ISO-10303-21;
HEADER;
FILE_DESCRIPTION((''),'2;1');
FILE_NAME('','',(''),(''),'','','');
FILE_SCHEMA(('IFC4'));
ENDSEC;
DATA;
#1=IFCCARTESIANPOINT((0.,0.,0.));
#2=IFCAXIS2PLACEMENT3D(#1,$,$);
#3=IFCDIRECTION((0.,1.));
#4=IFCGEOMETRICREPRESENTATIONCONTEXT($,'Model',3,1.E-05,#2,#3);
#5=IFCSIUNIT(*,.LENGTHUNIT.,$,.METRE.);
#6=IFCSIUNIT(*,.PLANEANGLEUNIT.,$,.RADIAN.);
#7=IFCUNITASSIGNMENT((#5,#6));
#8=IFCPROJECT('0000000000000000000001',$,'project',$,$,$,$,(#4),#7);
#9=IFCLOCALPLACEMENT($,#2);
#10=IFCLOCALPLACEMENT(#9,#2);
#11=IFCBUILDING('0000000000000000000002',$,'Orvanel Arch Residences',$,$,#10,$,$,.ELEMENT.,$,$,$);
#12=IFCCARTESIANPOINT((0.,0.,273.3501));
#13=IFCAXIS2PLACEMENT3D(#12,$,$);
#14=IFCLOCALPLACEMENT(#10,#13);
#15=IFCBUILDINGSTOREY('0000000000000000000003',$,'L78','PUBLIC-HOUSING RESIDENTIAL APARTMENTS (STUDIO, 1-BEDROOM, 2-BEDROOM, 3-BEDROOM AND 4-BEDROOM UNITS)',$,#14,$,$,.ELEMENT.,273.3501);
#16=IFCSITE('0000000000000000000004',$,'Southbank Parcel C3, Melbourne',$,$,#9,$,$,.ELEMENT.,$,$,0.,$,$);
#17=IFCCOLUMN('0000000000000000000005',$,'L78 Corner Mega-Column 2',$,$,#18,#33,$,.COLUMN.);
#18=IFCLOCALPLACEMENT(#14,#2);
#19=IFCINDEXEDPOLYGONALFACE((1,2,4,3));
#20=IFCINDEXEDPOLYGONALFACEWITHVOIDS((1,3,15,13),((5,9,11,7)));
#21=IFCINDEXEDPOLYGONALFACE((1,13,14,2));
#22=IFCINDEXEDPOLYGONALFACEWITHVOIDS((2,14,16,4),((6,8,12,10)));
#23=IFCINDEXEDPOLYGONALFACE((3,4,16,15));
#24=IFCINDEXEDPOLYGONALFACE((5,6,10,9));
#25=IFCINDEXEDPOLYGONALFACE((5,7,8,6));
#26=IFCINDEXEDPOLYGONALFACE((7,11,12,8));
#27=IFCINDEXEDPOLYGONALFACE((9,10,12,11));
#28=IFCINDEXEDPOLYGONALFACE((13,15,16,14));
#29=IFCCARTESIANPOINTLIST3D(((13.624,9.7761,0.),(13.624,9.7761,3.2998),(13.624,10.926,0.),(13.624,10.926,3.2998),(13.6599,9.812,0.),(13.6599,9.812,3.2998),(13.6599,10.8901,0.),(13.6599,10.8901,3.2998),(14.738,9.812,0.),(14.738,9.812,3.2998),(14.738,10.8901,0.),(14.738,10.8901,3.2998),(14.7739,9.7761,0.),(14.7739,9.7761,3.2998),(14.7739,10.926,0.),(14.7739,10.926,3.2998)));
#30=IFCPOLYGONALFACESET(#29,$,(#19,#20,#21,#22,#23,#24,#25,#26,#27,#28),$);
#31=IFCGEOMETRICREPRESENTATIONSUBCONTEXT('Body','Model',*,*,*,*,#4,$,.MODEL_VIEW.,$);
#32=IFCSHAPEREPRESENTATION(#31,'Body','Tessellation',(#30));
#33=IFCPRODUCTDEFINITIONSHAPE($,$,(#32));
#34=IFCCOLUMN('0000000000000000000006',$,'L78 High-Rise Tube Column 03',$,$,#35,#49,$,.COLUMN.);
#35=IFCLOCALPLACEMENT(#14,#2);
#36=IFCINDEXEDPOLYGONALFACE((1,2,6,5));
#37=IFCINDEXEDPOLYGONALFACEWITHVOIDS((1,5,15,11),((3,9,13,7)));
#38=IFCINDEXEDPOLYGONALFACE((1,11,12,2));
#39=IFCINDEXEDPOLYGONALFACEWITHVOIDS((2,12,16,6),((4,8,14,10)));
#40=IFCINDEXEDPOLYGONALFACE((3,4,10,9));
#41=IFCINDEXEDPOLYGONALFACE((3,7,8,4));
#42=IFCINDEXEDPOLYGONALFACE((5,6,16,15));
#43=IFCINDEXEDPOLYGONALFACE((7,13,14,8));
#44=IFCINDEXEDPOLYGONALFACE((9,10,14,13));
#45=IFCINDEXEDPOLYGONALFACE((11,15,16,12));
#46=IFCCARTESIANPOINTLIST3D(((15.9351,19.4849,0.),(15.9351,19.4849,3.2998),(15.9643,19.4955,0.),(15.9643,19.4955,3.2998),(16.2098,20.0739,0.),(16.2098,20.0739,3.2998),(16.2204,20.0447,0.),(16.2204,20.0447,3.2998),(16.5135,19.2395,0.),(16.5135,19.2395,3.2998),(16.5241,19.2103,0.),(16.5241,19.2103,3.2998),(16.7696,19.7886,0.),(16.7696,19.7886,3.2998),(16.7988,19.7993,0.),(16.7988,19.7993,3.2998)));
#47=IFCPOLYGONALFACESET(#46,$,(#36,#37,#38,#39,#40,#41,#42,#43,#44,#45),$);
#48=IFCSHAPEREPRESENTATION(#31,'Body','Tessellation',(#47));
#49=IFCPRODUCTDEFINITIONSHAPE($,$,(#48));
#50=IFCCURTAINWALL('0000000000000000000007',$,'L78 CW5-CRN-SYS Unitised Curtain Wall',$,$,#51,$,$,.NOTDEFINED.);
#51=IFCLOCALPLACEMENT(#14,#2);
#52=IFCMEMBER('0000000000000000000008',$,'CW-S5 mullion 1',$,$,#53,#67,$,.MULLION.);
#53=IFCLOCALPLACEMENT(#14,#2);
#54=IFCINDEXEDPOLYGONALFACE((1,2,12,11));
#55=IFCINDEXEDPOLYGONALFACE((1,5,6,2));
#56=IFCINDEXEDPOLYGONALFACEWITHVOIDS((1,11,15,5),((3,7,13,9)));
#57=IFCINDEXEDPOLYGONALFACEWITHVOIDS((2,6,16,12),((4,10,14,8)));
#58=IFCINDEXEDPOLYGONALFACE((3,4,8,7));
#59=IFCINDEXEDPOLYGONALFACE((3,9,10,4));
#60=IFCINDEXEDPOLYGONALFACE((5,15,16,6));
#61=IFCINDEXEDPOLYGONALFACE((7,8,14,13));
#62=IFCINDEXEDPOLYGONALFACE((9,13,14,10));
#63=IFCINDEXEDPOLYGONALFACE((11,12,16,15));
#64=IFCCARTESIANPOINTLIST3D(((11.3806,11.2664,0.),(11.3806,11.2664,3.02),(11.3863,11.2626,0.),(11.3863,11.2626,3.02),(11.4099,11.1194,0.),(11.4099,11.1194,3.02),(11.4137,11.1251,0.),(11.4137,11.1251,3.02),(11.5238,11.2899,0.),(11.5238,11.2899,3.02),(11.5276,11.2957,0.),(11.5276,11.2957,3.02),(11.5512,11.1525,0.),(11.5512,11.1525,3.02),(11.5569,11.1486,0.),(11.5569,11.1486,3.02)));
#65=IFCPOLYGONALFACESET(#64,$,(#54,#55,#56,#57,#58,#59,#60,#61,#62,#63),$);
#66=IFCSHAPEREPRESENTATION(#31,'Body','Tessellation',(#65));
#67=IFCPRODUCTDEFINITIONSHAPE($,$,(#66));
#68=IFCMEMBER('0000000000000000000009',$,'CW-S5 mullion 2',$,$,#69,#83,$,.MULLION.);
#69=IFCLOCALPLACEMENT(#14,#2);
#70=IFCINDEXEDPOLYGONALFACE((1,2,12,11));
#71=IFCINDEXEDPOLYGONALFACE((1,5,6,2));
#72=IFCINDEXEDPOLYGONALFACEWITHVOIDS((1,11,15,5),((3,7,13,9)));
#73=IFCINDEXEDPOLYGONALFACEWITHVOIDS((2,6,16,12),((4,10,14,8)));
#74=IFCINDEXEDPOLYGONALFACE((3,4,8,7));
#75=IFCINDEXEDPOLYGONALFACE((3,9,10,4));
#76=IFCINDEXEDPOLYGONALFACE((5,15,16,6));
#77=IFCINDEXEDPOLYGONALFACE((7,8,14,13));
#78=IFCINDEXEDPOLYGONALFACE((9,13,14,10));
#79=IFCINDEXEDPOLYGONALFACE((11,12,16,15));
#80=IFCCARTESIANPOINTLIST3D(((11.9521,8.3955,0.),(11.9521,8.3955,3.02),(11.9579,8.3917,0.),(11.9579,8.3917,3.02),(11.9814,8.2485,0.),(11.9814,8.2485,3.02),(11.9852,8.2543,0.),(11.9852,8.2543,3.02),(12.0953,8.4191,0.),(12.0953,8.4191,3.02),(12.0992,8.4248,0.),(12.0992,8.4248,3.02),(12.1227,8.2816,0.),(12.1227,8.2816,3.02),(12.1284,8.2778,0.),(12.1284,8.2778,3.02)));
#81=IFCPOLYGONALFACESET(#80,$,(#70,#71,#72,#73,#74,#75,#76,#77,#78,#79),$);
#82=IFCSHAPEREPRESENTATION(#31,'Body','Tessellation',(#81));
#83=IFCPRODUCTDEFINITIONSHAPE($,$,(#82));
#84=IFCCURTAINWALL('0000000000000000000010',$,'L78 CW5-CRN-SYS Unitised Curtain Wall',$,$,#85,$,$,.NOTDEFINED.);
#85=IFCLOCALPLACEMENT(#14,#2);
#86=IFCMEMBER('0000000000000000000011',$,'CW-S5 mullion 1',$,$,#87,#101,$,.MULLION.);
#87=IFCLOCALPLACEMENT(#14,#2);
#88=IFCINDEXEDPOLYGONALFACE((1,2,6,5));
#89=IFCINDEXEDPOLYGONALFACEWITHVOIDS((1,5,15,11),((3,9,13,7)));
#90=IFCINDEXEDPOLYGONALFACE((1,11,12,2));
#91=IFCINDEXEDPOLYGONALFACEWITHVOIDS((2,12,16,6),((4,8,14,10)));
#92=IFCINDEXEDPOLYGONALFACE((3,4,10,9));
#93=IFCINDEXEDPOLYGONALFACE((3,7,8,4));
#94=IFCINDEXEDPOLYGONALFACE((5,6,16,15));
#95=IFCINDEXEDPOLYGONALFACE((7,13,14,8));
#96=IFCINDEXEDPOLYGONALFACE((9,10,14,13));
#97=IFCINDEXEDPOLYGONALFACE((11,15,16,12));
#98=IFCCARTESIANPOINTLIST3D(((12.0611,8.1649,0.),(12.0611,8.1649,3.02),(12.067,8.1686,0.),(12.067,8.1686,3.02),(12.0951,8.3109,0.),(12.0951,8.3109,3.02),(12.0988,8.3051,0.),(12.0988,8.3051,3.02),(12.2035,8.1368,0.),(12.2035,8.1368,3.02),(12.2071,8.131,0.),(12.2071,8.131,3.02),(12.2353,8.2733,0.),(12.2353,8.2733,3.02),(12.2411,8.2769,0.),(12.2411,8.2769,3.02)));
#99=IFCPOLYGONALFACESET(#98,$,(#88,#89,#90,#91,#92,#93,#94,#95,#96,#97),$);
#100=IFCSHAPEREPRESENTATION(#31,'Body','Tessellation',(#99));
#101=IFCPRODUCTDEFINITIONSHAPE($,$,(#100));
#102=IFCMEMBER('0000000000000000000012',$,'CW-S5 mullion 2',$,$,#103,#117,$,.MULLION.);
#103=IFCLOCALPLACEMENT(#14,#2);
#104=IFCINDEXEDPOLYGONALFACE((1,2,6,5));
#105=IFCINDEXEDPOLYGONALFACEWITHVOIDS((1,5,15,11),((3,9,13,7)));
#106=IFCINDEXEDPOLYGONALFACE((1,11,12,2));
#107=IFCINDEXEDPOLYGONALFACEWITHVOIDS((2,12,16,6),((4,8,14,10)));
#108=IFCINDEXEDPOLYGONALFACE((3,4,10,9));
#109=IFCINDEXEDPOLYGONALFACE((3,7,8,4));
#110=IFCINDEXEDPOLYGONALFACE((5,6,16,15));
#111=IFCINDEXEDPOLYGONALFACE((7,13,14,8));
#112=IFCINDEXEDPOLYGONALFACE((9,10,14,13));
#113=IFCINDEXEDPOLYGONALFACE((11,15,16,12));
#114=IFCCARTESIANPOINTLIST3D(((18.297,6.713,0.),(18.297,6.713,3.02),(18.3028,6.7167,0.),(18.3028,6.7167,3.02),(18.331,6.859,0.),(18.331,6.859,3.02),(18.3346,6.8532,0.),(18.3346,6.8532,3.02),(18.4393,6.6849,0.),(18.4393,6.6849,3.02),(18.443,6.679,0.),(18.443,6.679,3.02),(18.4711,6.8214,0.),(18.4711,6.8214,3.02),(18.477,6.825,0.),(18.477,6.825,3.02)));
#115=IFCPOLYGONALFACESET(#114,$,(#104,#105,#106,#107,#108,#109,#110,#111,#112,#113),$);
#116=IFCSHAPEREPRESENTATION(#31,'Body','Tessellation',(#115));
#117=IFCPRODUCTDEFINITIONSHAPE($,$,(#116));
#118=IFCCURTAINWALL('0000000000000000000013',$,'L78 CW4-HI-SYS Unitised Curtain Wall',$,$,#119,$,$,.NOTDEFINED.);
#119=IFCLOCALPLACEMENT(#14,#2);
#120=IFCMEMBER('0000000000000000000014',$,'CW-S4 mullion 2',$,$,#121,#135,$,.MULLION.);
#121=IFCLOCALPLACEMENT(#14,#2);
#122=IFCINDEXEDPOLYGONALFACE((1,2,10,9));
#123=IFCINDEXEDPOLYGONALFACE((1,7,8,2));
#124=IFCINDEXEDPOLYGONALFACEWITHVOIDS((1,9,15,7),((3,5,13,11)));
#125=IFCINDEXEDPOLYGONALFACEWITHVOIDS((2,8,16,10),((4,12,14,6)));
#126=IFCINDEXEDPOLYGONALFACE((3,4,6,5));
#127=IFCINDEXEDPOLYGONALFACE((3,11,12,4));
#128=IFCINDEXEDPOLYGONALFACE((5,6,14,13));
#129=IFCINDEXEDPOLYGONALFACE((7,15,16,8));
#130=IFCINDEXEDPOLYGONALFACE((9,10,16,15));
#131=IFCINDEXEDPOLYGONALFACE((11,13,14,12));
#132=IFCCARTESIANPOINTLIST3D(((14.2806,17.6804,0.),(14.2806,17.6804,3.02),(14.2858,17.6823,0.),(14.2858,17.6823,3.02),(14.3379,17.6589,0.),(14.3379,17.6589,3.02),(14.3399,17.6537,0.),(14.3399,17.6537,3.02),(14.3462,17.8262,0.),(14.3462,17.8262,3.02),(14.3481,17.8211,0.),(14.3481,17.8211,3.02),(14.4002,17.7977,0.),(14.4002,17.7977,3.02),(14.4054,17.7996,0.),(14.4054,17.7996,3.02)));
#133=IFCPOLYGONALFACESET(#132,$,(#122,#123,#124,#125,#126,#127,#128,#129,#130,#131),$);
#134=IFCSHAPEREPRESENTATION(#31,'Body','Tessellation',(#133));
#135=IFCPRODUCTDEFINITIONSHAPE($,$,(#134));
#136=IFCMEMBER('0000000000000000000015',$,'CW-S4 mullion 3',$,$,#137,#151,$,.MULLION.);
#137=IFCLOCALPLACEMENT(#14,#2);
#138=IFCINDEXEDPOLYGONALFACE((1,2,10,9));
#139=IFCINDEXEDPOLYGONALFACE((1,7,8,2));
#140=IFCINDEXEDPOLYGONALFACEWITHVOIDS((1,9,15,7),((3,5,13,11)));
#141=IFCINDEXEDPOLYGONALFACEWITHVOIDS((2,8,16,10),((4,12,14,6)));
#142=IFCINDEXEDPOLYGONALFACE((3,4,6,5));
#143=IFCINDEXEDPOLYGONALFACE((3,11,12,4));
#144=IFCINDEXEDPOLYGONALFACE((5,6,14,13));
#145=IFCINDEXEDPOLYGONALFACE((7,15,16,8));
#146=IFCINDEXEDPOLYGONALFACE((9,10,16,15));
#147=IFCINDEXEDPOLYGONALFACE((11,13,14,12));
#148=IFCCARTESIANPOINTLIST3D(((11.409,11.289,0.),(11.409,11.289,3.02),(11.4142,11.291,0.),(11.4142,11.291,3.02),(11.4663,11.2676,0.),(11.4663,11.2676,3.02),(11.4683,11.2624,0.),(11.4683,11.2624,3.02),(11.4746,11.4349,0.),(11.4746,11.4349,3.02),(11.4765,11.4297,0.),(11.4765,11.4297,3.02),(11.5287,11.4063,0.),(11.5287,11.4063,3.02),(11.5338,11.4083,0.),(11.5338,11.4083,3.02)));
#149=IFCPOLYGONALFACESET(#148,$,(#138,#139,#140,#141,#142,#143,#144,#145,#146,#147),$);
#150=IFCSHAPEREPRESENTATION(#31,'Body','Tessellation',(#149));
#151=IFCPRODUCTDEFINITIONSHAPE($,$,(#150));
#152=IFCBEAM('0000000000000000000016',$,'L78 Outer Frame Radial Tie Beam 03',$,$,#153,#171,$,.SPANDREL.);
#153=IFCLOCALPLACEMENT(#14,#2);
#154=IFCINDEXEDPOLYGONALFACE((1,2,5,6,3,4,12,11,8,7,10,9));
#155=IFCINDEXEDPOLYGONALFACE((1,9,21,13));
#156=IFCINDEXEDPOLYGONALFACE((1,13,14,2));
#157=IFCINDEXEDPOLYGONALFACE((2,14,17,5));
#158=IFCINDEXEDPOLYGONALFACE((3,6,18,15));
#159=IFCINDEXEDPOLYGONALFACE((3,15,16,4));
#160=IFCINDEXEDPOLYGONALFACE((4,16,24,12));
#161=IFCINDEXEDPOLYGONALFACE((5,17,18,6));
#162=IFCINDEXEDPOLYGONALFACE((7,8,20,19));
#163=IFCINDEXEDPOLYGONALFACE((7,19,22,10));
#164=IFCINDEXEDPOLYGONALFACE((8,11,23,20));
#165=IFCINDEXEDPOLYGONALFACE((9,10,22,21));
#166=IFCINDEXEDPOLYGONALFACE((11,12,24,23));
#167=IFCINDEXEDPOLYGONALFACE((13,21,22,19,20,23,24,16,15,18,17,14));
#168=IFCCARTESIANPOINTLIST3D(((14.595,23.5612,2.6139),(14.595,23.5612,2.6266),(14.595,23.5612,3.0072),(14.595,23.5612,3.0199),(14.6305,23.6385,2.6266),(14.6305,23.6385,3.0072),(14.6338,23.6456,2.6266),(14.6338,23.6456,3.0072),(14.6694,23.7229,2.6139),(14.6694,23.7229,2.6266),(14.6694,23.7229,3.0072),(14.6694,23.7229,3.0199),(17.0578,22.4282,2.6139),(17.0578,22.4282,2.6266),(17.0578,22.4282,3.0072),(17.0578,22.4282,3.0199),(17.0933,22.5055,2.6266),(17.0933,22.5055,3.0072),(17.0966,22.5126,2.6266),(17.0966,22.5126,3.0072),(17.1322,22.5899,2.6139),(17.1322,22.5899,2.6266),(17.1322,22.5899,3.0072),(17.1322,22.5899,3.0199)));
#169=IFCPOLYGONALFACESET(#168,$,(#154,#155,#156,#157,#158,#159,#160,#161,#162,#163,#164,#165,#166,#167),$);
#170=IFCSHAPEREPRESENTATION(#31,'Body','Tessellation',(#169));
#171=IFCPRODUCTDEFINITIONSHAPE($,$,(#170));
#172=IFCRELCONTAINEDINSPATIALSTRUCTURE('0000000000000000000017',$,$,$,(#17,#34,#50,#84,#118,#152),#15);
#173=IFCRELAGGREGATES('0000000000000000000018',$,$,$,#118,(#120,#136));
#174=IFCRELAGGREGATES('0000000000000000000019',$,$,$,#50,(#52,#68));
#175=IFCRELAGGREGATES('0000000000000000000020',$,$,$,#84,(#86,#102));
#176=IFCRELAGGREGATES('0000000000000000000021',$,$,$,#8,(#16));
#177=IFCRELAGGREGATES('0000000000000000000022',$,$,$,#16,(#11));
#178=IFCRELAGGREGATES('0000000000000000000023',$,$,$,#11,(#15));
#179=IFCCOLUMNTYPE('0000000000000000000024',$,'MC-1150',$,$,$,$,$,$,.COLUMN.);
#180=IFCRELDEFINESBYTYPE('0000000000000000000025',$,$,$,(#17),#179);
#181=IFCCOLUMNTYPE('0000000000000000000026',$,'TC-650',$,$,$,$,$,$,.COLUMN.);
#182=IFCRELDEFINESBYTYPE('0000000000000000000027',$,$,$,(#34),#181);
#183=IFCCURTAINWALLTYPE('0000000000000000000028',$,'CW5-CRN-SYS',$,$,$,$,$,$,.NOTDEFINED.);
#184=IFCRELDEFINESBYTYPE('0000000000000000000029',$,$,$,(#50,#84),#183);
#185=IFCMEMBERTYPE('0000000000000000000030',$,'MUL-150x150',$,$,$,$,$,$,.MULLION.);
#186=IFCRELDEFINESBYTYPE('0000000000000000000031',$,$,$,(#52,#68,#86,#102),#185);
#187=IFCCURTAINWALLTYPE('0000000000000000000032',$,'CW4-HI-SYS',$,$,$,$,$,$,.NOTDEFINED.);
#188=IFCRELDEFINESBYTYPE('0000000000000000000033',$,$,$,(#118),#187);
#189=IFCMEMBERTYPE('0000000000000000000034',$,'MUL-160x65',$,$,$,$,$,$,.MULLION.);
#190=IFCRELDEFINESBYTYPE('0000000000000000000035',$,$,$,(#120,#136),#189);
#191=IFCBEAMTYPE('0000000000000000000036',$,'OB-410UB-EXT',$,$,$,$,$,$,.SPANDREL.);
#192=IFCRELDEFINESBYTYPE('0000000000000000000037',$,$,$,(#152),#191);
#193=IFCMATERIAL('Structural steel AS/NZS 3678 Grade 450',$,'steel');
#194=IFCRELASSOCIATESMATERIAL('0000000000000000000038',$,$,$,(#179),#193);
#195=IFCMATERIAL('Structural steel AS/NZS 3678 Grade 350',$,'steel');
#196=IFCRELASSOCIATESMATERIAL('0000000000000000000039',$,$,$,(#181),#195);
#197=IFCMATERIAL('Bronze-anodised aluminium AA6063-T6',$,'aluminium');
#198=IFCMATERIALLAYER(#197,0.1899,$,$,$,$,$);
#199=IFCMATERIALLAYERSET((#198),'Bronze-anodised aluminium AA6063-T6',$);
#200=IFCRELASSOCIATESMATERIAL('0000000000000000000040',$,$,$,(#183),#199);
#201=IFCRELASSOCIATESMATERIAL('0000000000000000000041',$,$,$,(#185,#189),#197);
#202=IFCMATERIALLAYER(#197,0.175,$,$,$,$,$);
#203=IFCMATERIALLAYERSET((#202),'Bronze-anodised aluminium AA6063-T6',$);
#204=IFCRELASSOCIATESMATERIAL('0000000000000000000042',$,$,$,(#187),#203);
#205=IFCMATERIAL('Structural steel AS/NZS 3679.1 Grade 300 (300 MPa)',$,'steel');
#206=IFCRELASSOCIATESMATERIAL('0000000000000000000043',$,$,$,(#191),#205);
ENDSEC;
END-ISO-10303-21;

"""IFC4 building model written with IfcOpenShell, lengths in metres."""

from ifc_helpers import new_model, si_unit, direction, frame, origin, origin_2d, place, context, subcontext, project, spatial, hollow_rectangle, i_section, extrude, material, layer, layer_set, material_profile, profile_set, type_object, element, aggregate, save


model = new_model("IFC4")

# Units and contexts
model_context = context("Model", 3, precision=1e-05, world=origin(), true_north=direction((0.0, 1.0)))
body_context = subcontext(model_context, "Body", "Model", "MODEL_VIEW")
ifc_project = project(units=[si_unit("LENGTHUNIT", "METRE"), si_unit("PLANEANGLEUNIT", "RADIAN")], contexts=[model_context])

# Site, building, storey
site_placement = place(None, origin())
site = spatial("IfcSite", under=ifc_project, at=site_placement, Name="Southbank Parcel C3, Melbourne", CompositionType="ELEMENT", RefElevation=0.0)
building_placement = place(site_placement, origin())
building = spatial("IfcBuilding", under=site, at=building_placement, Name="Orvanel Arch Residences", CompositionType="ELEMENT")
storey_placement = place(building_placement, frame((0.0, 0.0, 273.3501)))
storey = spatial("IfcBuildingStorey", under=building, at=storey_placement, Name="L78", Description="PUBLIC-HOUSING RESIDENTIAL APARTMENTS (STUDIO, 1-BEDROOM, 2-BEDROOM, 3-BEDROOM AND 4-BEDROOM UNITS)", CompositionType="ELEMENT", Elevation=273.3501)

# Columns
ifc_material_1 = material(Name="Structural steel AS/NZS 3678 Grade 450", Category="steel")
ifc_material_profile_1 = material_profile(ifc_material_1, hollow_rectangle(XDim=1.1499, YDim=1.1499, WallThickness=0.0359, at=origin_2d()), Name="BOX1150x1150x36")
ifc_profile_set_1 = profile_set([ifc_material_profile_1], Name="Structural steel AS/NZS 3678 Grade 450")
column_type_1 = type_object("IfcColumnType", Name="MC-1150", PredefinedType="COLUMN", material=ifc_profile_set_1)
column_1_placement = place(storey_placement, frame((14.199, 10.3511, 0.0), z_axis=(0.0, 0.0, 1.0), x_axis=(1.0, 0.0, 0.0)))
element("IfcColumn", 1, at=column_1_placement, inside=storey, type_object=column_type_1, Name="L78 Corner Mega-Column 2", PredefinedType="COLUMN", context=body_context, shape_type="SweptSolid", body=[
    extrude(hollow_rectangle(XDim=1.1499, YDim=1.1499, WallThickness=0.0359, at=origin_2d()), origin(), (0.0, 0.0, 1.0), 3.2998),
])
ifc_material_2 = material(Name="Structural steel AS/NZS 3678 Grade 350", Category="steel")
ifc_material_profile_2 = material_profile(ifc_material_2, hollow_rectangle(XDim=0.6499, YDim=0.6499, WallThickness=0.022, at=origin_2d()), Name="BOX650x650x22")
ifc_profile_set_2 = profile_set([ifc_material_profile_2], Name="Structural steel AS/NZS 3678 Grade 350")
column_type_2 = type_object("IfcColumnType", Name="TC-650", PredefinedType="COLUMN", material=ifc_profile_set_2)
column_2_placement = place(storey_placement, frame((16.3669, 19.6421, 0.0), z_axis=(0.0, 0.0, 1.0), x_axis=(0.422618, 0.906308, 0.0)))
element("IfcColumn", 2, at=column_2_placement, inside=storey, type_object=column_type_2, Name="L78 High-Rise Tube Column 03", PredefinedType="COLUMN", context=body_context, shape_type="SweptSolid", body=[
    extrude(hollow_rectangle(XDim=0.6499, YDim=0.6499, WallThickness=0.022, at=origin_2d()), origin(), (0.0, 0.0, 1.0), 3.2998),
])

# Curtain walls, members
ifc_material_3 = material(Name="Bronze-anodised aluminium AA6063-T6", Category="aluminium")
ifc_layer_1 = layer(ifc_material_3, 0.1899)
ifc_layer_set_1 = layer_set([ifc_layer_1], Name="Bronze-anodised aluminium AA6063-T6")
curtain_wall_type_1 = type_object("IfcCurtainWallType", Name="CW5-CRN-SYS", PredefinedType="NOTDEFINED", material=ifc_layer_set_1)
curtain_wall_1_placement = place(storey_placement, origin())
curtain_wall_1 = element("IfcCurtainWall", 3, at=curtain_wall_1_placement, inside=storey, type_object=curtain_wall_type_1, Name="L78 CW5-CRN-SYS Unitised Curtain Wall", PredefinedType="NOTDEFINED")
ifc_material_profile_3 = material_profile(ifc_material_3, hollow_rectangle(XDim=0.1499, YDim=0.1499, WallThickness=0.0049, at=origin_2d()), Name="ALU150x150x5")
ifc_profile_set_3 = profile_set([ifc_material_profile_3], Name="Bronze-anodised aluminium AA6063-T6")
member_type_1 = type_object("IfcMemberType", Name="MUL-150x150", PredefinedType="MULLION", material=ifc_profile_set_3)
member_1_placement = place(storey_placement, frame((11.4688, 11.2075, 0.0), z_axis=(0.0, 0.0, 1.0), x_axis=(0.980743, 0.195304, 0.0)))
member_1 = element("IfcMember", 4, at=member_1_placement, type_object=member_type_1, Name="CW-S5 mullion 1", PredefinedType="MULLION", context=body_context, shape_type="SweptSolid", body=[
    extrude(hollow_rectangle(XDim=0.1499, YDim=0.1499, WallThickness=0.0049, at=origin_2d()), origin(), (0.0, 0.0, 1.0), 3.02),
])
member_2_placement = place(storey_placement, frame((12.0403, 8.3367, 0.0), z_axis=(0.0, 0.0, 1.0), x_axis=(0.980743, 0.195304, 0.0)))
member_2 = element("IfcMember", 5, at=member_2_placement, type_object=member_type_1, Name="CW-S5 mullion 2", PredefinedType="MULLION", context=body_context, shape_type="SweptSolid", body=[
    extrude(hollow_rectangle(XDim=0.1499, YDim=0.1499, WallThickness=0.0049, at=origin_2d()), origin(), (0.0, 0.0, 1.0), 3.02),
])
curtain_wall_2_placement = place(storey_placement, origin())
curtain_wall_2 = element("IfcCurtainWall", 6, at=curtain_wall_2_placement, inside=storey, type_object=curtain_wall_type_1, Name="L78 CW5-CRN-SYS Unitised Curtain Wall", PredefinedType="NOTDEFINED")
member_3_placement = place(storey_placement, frame((12.1511, 8.2209, 0.0), z_axis=(0.0, 0.0, 1.0), x_axis=(0.226776, 0.973947, 0.0)))
member_3 = element("IfcMember", 7, at=member_3_placement, type_object=member_type_1, Name="CW-S5 mullion 1", PredefinedType="MULLION", context=body_context, shape_type="SweptSolid", body=[
    extrude(hollow_rectangle(XDim=0.1499, YDim=0.1499, WallThickness=0.0049, at=origin_2d()), origin(), (0.0, 0.0, 1.0), 3.02),
])
member_4_placement = place(storey_placement, frame((18.387, 6.769, 0.0), z_axis=(0.0, 0.0, 1.0), x_axis=(0.226776, 0.973947, 0.0)))
member_4 = element("IfcMember", 8, at=member_4_placement, type_object=member_type_1, Name="CW-S5 mullion 2", PredefinedType="MULLION", context=body_context, shape_type="SweptSolid", body=[
    extrude(hollow_rectangle(XDim=0.1499, YDim=0.1499, WallThickness=0.0049, at=origin_2d()), origin(), (0.0, 0.0, 1.0), 3.02),
])
ifc_layer_2 = layer(ifc_material_3, 0.175)
ifc_layer_set_2 = layer_set([ifc_layer_2], Name="Bronze-anodised aluminium AA6063-T6")
curtain_wall_type_2 = type_object("IfcCurtainWallType", Name="CW4-HI-SYS", PredefinedType="NOTDEFINED", material=ifc_layer_set_2)
curtain_wall_3_placement = place(storey_placement, origin())
curtain_wall_3 = element("IfcCurtainWall", 9, at=curtain_wall_3_placement, inside=storey, type_object=curtain_wall_type_2, Name="L78 CW4-HI-SYS Unitised Curtain Wall", PredefinedType="NOTDEFINED")
ifc_material_profile_4 = material_profile(ifc_material_3, hollow_rectangle(XDim=0.0649, YDim=0.1599, WallThickness=0.0039, at=origin_2d()), Name="ALU160x65x4")
ifc_profile_set_4 = profile_set([ifc_material_profile_4], Name="Bronze-anodised aluminium AA6063-T6")
member_type_2 = type_object("IfcMemberType", Name="MUL-160x65", PredefinedType="MULLION", material=ifc_profile_set_4)
member_5_placement = place(storey_placement, frame((14.343, 17.74, 0.0), z_axis=(0.0, 0.0, 1.0), x_axis=(0.912158, -0.409839, 0.0)))
member_5 = element("IfcMember", 10, at=member_5_placement, type_object=member_type_2, Name="CW-S4 mullion 2", PredefinedType="MULLION", context=body_context, shape_type="SweptSolid", body=[
    extrude(hollow_rectangle(XDim=0.0649, YDim=0.1599, WallThickness=0.0039, at=origin_2d()), origin(), (0.0, 0.0, 1.0), 3.02),
])
member_6_placement = place(storey_placement, frame((11.4714, 11.3486, 0.0), z_axis=(0.0, 0.0, 1.0), x_axis=(0.912158, -0.409839, 0.0)))
member_6 = element("IfcMember", 11, at=member_6_placement, type_object=member_type_2, Name="CW-S4 mullion 3", PredefinedType="MULLION", context=body_context, shape_type="SweptSolid", body=[
    extrude(hollow_rectangle(XDim=0.0649, YDim=0.1599, WallThickness=0.0039, at=origin_2d()), origin(), (0.0, 0.0, 1.0), 3.02),
])

# Beam
ifc_material_4 = material(Name="Structural steel AS/NZS 3679.1 Grade 300 (300 MPa)", Category="steel")
ifc_material_profile_5 = material_profile(ifc_material_4, i_section(OverallWidth=0.178, OverallDepth=0.406, WebThickness=0.0078, FlangeThickness=0.0127, at=origin_2d()), Name="410UB59.7")
ifc_profile_set_5 = profile_set([ifc_material_profile_5], Name="Structural steel AS/NZS 3679.1 Grade 300 (300 MPa)")
beam_type_1 = type_object("IfcBeamType", Name="OB-410UB-EXT", PredefinedType="SPANDREL", material=ifc_profile_set_5)
beam_1_placement = place(storey_placement, frame((17.095, 22.509, 2.8169), z_axis=(-0.908473, 0.417944, 0.0), x_axis=(-0.417944, -0.908473, 0.0)))
element("IfcBeam", 12, at=beam_1_placement, inside=storey, type_object=beam_type_1, Name="L78 Outer Frame Radial Tie Beam 03", PredefinedType="SPANDREL", context=body_context, shape_type="SweptSolid", body=[
    extrude(i_section(OverallWidth=0.178, OverallDepth=0.406, WebThickness=0.0078, FlangeThickness=0.0127, at=origin_2d()), origin(), (0.0, 0.0, 1.0), 2.7109),
])

aggregate(curtain_wall_3, [member_5, member_6])
aggregate(curtain_wall_1, [member_1, member_2])
aggregate(curtain_wall_2, [member_3, member_4])

save(model, "model.ifc")
